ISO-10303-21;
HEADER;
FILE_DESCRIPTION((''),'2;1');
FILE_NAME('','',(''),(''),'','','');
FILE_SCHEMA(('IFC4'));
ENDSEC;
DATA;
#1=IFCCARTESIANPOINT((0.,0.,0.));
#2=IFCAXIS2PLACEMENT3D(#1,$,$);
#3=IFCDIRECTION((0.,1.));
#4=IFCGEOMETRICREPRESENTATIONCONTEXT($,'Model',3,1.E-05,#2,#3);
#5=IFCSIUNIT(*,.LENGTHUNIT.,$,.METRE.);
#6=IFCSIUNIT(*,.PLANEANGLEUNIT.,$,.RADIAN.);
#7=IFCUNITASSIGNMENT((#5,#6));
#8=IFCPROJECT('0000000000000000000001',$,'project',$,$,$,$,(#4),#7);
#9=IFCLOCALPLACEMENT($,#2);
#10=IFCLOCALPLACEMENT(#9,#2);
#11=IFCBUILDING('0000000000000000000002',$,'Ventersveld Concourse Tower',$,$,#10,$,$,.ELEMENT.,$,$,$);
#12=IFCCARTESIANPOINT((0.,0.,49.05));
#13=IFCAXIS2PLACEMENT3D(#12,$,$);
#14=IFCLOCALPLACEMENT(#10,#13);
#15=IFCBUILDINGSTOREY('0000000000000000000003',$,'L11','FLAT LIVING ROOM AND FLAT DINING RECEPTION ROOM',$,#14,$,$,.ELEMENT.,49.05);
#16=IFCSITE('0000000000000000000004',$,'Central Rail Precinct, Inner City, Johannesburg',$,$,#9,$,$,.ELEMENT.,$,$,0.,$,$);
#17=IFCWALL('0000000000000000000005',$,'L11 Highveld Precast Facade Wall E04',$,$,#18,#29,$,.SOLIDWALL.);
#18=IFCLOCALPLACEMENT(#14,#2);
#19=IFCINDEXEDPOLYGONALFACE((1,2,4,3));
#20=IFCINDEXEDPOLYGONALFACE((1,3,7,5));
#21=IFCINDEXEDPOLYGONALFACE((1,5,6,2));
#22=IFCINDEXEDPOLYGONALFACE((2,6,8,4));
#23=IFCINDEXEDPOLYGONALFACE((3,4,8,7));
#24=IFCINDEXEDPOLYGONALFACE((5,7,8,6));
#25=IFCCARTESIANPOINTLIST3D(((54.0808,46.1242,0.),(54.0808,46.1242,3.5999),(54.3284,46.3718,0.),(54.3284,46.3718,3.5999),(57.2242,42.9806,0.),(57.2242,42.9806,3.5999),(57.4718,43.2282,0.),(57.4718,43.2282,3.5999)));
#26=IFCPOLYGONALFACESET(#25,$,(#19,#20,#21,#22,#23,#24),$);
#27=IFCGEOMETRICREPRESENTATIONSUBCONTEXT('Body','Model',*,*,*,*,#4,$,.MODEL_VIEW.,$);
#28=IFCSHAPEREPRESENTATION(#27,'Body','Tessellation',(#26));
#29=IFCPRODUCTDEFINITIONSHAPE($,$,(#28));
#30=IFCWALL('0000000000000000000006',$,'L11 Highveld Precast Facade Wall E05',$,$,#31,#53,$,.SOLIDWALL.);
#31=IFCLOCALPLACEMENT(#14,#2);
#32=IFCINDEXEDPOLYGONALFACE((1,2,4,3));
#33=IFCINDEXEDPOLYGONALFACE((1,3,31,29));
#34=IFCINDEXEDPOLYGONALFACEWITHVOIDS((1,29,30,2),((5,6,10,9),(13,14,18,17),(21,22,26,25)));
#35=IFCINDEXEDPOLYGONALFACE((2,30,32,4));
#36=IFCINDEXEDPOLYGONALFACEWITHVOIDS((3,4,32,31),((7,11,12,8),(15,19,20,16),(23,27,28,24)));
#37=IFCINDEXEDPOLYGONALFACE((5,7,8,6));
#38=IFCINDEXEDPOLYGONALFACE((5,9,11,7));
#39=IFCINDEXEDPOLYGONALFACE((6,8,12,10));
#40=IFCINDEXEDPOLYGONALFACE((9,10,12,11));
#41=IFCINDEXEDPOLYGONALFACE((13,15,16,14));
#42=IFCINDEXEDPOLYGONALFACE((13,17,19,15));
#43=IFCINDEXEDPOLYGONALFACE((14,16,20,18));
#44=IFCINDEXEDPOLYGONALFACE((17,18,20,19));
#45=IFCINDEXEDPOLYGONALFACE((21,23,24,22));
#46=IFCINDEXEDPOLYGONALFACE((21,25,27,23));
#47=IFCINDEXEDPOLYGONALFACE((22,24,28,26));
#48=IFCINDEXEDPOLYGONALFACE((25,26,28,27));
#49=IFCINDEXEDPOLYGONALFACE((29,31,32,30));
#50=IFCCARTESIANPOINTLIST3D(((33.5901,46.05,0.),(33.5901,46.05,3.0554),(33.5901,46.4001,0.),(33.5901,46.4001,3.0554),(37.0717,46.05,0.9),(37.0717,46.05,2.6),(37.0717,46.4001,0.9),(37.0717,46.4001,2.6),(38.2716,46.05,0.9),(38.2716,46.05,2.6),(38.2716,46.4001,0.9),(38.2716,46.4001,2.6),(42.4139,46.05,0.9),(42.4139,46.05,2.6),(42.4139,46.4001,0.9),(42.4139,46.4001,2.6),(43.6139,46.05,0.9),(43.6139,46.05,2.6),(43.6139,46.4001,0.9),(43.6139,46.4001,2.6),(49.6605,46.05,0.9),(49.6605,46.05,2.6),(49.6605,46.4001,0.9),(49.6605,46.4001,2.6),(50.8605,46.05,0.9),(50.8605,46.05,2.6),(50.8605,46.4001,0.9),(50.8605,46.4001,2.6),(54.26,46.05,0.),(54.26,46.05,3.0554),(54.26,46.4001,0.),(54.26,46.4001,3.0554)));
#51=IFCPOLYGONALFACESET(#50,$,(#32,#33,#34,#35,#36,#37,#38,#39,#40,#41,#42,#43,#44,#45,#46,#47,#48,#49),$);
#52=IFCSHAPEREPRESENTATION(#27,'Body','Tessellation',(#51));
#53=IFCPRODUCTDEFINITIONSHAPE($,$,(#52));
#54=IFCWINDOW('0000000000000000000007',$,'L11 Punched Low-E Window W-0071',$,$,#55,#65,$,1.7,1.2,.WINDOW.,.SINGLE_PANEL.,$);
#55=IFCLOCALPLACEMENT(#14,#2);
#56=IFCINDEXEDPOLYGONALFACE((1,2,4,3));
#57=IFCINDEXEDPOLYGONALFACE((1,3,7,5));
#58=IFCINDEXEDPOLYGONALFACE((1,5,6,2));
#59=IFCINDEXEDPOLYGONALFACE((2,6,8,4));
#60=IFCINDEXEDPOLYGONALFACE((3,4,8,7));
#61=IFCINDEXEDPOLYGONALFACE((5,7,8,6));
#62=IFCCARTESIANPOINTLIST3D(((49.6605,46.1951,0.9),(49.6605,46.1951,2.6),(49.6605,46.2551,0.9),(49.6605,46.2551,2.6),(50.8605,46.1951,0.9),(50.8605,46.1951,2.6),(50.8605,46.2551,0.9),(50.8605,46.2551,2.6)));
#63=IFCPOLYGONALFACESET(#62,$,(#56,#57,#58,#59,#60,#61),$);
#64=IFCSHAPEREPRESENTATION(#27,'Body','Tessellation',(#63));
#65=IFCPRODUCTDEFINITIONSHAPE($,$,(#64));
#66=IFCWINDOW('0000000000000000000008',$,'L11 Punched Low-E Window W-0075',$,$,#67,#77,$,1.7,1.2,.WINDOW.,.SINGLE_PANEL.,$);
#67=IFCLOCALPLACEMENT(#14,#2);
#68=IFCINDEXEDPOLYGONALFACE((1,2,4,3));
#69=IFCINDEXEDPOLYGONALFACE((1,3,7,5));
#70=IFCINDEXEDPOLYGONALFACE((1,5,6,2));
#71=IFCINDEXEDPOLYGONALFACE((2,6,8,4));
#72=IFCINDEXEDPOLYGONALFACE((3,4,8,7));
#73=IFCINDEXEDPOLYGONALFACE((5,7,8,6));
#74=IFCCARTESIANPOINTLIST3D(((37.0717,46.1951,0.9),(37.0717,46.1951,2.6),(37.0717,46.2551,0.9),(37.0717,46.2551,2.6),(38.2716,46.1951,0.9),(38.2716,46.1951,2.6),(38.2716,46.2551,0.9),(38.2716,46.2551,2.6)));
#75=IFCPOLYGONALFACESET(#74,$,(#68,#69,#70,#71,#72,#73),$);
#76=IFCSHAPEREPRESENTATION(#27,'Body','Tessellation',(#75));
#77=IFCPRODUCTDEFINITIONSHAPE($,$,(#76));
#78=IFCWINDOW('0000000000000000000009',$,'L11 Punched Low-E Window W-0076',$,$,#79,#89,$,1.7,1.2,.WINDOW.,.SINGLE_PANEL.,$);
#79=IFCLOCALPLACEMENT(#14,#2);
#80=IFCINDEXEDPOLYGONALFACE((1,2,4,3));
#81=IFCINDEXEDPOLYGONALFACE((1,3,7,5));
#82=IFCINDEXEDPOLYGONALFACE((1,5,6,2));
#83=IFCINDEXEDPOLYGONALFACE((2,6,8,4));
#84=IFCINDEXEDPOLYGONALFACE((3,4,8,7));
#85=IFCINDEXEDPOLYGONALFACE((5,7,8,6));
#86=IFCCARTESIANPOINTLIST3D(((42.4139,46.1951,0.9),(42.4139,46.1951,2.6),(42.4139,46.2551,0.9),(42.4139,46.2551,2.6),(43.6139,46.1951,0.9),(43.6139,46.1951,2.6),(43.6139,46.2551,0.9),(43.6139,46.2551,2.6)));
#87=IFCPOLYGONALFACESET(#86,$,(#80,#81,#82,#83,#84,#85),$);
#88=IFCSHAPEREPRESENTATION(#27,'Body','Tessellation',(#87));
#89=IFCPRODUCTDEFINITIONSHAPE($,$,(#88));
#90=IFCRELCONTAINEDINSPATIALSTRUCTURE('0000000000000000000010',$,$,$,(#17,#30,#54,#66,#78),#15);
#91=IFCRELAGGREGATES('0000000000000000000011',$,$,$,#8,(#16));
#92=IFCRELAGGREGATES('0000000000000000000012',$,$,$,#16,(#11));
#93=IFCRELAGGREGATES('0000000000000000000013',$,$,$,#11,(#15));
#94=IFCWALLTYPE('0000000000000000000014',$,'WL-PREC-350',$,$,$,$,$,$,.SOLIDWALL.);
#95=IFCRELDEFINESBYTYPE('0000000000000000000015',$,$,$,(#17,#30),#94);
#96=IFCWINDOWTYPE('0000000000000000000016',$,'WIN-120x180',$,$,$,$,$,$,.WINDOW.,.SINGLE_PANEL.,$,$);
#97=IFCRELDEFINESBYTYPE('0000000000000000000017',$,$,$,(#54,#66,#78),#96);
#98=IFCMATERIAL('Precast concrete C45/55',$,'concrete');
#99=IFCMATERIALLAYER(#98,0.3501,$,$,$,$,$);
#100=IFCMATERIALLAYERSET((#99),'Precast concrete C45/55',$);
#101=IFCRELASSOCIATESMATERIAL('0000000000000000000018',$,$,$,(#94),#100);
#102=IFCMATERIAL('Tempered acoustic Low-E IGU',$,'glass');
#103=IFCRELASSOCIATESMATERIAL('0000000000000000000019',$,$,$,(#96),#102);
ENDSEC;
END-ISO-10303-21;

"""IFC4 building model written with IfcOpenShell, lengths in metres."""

from ifc_helpers import new_model, si_unit, direction, frame, frame_2d, origin, place, context, subcontext, project, spatial, rectangle, extrude, material, layer, layer_set, type_object, element, fill, save


model = new_model("IFC4")

# Units and contexts
model_context = context("Model", 3, precision=1e-05, world=origin(), true_north=direction((0.0, 1.0)))
body_context = subcontext(model_context, "Body", "Model", "MODEL_VIEW")
ifc_project = project(units=[si_unit("LENGTHUNIT", "METRE"), si_unit("PLANEANGLEUNIT", "RADIAN")], contexts=[model_context])

# Site, building, storey
site_placement = place(None, origin())
site = spatial("IfcSite", under=ifc_project, at=site_placement, Name="Central Rail Precinct, Inner City, Johannesburg", CompositionType="ELEMENT", RefElevation=0.0)
building_placement = place(site_placement, origin())
building = spatial("IfcBuilding", under=site, at=building_placement, Name="Ventersveld Concourse Tower", CompositionType="ELEMENT")
storey_placement = place(building_placement, frame((0.0, 0.0, 49.05)))
storey = spatial("IfcBuildingStorey", under=building, at=storey_placement, Name="L11", Description="FLAT LIVING ROOM AND FLAT DINING RECEPTION ROOM", CompositionType="ELEMENT", Elevation=49.05)

# Wall
ifc_material_1 = material(Name="Precast concrete C45/55", Category="concrete")
ifc_layer_1 = layer(ifc_material_1, 0.3501)
ifc_layer_set_1 = layer_set([ifc_layer_1], Name="Precast concrete C45/55")
wall_type_1 = type_object("IfcWallType", Name="WL-PREC-350", PredefinedType="SOLIDWALL", material=ifc_layer_set_1)
wall_1_placement = place(storey_placement, frame((57.3479, 43.1045, 0.0), z_axis=(0.0, 0.0, 1.0), x_axis=(-0.707079, 0.707134, 0.0)))
element("IfcWall", 1, at=wall_1_placement, inside=storey, type_object=wall_type_1, Name="L11 Highveld Precast Facade Wall E04", PredefinedType="SOLIDWALL", context=body_context, shape_type="SweptSolid", body=[
    extrude(rectangle(XDim=4.4456, YDim=0.3501, at=frame_2d((2.2227, 0.0))), origin(), (0.0, 0.0, 1.0), 3.5999),
])

# Wall, openings, windows
wall_2_placement = place(storey_placement, frame((54.26, 46.2251, 0.0), z_axis=(0.0, 0.0, 1.0), x_axis=(-1.0, 0.0, 0.0)))
wall_2 = element("IfcWall", 2, at=wall_2_placement, inside=storey, type_object=wall_type_1, Name="L11 Highveld Precast Facade Wall E05", PredefinedType="SOLIDWALL", context=body_context, shape_type="SweptSolid", body=[
    extrude(rectangle(XDim=20.6699, YDim=0.3501, at=frame_2d((10.335, 0.0))), origin(), (0.0, 0.0, 1.0), 3.0554),
])
opening_1_placement = place(wall_2_placement, frame((3.3994, 0.0, 0.8999)))
opening_1 = element("IfcOpeningElement", 3, at=opening_1_placement, cuts=wall_2, PredefinedType="OPENING", context=body_context, shape_type="SweptSolid", body=[
    extrude(rectangle(XDim=1.2, YDim=1.7, at=frame_2d((0.6001, 0.8501))), frame((0.0, 0.1851, 0.0), z_axis=(0.0, -1.0, 0.0), x_axis=(1.0, 0.0, 0.0)), (0.0, 0.0, 1.0), 0.3701),
])
opening_2_placement = place(wall_2_placement, frame((15.9883, 0.0, 0.8999)))
opening_2 = element("IfcOpeningElement", 4, at=opening_2_placement, cuts=wall_2, PredefinedType="OPENING", context=body_context, shape_type="SweptSolid", body=[
    extrude(rectangle(XDim=1.2, YDim=1.7, at=frame_2d((0.6001, 0.8501))), frame((0.0, 0.1851, 0.0), z_axis=(0.0, -1.0, 0.0), x_axis=(1.0, 0.0, 0.0)), (0.0, 0.0, 1.0), 0.3701),
])
opening_3_placement = place(wall_2_placement, frame((10.646, 0.0, 0.8999)))
opening_3 = element("IfcOpeningElement", 5, at=opening_3_placement, cuts=wall_2, PredefinedType="OPENING", context=body_context, shape_type="SweptSolid", body=[
    extrude(rectangle(XDim=1.2, YDim=1.7, at=frame_2d((0.6001, 0.8501))), frame((0.0, 0.1851, 0.0), z_axis=(0.0, -1.0, 0.0), x_axis=(1.0, 0.0, 0.0)), (0.0, 0.0, 1.0), 0.3701),
])
ifc_material_2 = material(Name="Tempered acoustic Low-E IGU", Category="glass")
window_type = type_object("IfcWindowType", Name="WIN-120x180", PartitioningType="SINGLE_PANEL", PredefinedType="WINDOW", material=ifc_material_2)
window_1_placement = place(opening_1_placement, origin())
window_1 = element("IfcWindow", 6, at=window_1_placement, inside=storey, type_object=window_type, Name="L11 Punched Low-E Window W-0071", OverallHeight=1.7, OverallWidth=1.2, PartitioningType="SINGLE_PANEL", PredefinedType="WINDOW", context=body_context, shape_type="SweptSolid", body=[
    extrude(rectangle(XDim=1.2, YDim=1.7, at=frame_2d((0.6001, 0.8501))), frame((0.0, 0.03, 0.0), z_axis=(0.0, -1.0, 0.0), x_axis=(1.0, 0.0, 0.0)), (0.0, 0.0, 1.0), 0.0601),
])
fill(opening_1, window_1)
window_2_placement = place(opening_2_placement, origin())
window_2 = element("IfcWindow", 7, at=window_2_placement, inside=storey, type_object=window_type, Name="L11 Punched Low-E Window W-0075", OverallHeight=1.7, OverallWidth=1.2, PartitioningType="SINGLE_PANEL", PredefinedType="WINDOW", context=body_context, shape_type="SweptSolid", body=[
    extrude(rectangle(XDim=1.2, YDim=1.7, at=frame_2d((0.6001, 0.8501))), frame((0.0, 0.03, 0.0), z_axis=(0.0, -1.0, 0.0), x_axis=(1.0, 0.0, 0.0)), (0.0, 0.0, 1.0), 0.0601),
])
fill(opening_2, window_2)
window_3_placement = place(opening_3_placement, origin())
window_3 = element("IfcWindow", 8, at=window_3_placement, inside=storey, type_object=window_type, Name="L11 Punched Low-E Window W-0076", OverallHeight=1.7, OverallWidth=1.2, PartitioningType="SINGLE_PANEL", PredefinedType="WINDOW", context=body_context, shape_type="SweptSolid", body=[
    extrude(rectangle(XDim=1.2, YDim=1.7, at=frame_2d((0.6001, 0.8501))), frame((0.0, 0.03, 0.0), z_axis=(0.0, -1.0, 0.0), x_axis=(1.0, 0.0, 0.0)), (0.0, 0.0, 1.0), 0.0601),
])
fill(opening_3, window_3)

save(model, "model.ifc")
